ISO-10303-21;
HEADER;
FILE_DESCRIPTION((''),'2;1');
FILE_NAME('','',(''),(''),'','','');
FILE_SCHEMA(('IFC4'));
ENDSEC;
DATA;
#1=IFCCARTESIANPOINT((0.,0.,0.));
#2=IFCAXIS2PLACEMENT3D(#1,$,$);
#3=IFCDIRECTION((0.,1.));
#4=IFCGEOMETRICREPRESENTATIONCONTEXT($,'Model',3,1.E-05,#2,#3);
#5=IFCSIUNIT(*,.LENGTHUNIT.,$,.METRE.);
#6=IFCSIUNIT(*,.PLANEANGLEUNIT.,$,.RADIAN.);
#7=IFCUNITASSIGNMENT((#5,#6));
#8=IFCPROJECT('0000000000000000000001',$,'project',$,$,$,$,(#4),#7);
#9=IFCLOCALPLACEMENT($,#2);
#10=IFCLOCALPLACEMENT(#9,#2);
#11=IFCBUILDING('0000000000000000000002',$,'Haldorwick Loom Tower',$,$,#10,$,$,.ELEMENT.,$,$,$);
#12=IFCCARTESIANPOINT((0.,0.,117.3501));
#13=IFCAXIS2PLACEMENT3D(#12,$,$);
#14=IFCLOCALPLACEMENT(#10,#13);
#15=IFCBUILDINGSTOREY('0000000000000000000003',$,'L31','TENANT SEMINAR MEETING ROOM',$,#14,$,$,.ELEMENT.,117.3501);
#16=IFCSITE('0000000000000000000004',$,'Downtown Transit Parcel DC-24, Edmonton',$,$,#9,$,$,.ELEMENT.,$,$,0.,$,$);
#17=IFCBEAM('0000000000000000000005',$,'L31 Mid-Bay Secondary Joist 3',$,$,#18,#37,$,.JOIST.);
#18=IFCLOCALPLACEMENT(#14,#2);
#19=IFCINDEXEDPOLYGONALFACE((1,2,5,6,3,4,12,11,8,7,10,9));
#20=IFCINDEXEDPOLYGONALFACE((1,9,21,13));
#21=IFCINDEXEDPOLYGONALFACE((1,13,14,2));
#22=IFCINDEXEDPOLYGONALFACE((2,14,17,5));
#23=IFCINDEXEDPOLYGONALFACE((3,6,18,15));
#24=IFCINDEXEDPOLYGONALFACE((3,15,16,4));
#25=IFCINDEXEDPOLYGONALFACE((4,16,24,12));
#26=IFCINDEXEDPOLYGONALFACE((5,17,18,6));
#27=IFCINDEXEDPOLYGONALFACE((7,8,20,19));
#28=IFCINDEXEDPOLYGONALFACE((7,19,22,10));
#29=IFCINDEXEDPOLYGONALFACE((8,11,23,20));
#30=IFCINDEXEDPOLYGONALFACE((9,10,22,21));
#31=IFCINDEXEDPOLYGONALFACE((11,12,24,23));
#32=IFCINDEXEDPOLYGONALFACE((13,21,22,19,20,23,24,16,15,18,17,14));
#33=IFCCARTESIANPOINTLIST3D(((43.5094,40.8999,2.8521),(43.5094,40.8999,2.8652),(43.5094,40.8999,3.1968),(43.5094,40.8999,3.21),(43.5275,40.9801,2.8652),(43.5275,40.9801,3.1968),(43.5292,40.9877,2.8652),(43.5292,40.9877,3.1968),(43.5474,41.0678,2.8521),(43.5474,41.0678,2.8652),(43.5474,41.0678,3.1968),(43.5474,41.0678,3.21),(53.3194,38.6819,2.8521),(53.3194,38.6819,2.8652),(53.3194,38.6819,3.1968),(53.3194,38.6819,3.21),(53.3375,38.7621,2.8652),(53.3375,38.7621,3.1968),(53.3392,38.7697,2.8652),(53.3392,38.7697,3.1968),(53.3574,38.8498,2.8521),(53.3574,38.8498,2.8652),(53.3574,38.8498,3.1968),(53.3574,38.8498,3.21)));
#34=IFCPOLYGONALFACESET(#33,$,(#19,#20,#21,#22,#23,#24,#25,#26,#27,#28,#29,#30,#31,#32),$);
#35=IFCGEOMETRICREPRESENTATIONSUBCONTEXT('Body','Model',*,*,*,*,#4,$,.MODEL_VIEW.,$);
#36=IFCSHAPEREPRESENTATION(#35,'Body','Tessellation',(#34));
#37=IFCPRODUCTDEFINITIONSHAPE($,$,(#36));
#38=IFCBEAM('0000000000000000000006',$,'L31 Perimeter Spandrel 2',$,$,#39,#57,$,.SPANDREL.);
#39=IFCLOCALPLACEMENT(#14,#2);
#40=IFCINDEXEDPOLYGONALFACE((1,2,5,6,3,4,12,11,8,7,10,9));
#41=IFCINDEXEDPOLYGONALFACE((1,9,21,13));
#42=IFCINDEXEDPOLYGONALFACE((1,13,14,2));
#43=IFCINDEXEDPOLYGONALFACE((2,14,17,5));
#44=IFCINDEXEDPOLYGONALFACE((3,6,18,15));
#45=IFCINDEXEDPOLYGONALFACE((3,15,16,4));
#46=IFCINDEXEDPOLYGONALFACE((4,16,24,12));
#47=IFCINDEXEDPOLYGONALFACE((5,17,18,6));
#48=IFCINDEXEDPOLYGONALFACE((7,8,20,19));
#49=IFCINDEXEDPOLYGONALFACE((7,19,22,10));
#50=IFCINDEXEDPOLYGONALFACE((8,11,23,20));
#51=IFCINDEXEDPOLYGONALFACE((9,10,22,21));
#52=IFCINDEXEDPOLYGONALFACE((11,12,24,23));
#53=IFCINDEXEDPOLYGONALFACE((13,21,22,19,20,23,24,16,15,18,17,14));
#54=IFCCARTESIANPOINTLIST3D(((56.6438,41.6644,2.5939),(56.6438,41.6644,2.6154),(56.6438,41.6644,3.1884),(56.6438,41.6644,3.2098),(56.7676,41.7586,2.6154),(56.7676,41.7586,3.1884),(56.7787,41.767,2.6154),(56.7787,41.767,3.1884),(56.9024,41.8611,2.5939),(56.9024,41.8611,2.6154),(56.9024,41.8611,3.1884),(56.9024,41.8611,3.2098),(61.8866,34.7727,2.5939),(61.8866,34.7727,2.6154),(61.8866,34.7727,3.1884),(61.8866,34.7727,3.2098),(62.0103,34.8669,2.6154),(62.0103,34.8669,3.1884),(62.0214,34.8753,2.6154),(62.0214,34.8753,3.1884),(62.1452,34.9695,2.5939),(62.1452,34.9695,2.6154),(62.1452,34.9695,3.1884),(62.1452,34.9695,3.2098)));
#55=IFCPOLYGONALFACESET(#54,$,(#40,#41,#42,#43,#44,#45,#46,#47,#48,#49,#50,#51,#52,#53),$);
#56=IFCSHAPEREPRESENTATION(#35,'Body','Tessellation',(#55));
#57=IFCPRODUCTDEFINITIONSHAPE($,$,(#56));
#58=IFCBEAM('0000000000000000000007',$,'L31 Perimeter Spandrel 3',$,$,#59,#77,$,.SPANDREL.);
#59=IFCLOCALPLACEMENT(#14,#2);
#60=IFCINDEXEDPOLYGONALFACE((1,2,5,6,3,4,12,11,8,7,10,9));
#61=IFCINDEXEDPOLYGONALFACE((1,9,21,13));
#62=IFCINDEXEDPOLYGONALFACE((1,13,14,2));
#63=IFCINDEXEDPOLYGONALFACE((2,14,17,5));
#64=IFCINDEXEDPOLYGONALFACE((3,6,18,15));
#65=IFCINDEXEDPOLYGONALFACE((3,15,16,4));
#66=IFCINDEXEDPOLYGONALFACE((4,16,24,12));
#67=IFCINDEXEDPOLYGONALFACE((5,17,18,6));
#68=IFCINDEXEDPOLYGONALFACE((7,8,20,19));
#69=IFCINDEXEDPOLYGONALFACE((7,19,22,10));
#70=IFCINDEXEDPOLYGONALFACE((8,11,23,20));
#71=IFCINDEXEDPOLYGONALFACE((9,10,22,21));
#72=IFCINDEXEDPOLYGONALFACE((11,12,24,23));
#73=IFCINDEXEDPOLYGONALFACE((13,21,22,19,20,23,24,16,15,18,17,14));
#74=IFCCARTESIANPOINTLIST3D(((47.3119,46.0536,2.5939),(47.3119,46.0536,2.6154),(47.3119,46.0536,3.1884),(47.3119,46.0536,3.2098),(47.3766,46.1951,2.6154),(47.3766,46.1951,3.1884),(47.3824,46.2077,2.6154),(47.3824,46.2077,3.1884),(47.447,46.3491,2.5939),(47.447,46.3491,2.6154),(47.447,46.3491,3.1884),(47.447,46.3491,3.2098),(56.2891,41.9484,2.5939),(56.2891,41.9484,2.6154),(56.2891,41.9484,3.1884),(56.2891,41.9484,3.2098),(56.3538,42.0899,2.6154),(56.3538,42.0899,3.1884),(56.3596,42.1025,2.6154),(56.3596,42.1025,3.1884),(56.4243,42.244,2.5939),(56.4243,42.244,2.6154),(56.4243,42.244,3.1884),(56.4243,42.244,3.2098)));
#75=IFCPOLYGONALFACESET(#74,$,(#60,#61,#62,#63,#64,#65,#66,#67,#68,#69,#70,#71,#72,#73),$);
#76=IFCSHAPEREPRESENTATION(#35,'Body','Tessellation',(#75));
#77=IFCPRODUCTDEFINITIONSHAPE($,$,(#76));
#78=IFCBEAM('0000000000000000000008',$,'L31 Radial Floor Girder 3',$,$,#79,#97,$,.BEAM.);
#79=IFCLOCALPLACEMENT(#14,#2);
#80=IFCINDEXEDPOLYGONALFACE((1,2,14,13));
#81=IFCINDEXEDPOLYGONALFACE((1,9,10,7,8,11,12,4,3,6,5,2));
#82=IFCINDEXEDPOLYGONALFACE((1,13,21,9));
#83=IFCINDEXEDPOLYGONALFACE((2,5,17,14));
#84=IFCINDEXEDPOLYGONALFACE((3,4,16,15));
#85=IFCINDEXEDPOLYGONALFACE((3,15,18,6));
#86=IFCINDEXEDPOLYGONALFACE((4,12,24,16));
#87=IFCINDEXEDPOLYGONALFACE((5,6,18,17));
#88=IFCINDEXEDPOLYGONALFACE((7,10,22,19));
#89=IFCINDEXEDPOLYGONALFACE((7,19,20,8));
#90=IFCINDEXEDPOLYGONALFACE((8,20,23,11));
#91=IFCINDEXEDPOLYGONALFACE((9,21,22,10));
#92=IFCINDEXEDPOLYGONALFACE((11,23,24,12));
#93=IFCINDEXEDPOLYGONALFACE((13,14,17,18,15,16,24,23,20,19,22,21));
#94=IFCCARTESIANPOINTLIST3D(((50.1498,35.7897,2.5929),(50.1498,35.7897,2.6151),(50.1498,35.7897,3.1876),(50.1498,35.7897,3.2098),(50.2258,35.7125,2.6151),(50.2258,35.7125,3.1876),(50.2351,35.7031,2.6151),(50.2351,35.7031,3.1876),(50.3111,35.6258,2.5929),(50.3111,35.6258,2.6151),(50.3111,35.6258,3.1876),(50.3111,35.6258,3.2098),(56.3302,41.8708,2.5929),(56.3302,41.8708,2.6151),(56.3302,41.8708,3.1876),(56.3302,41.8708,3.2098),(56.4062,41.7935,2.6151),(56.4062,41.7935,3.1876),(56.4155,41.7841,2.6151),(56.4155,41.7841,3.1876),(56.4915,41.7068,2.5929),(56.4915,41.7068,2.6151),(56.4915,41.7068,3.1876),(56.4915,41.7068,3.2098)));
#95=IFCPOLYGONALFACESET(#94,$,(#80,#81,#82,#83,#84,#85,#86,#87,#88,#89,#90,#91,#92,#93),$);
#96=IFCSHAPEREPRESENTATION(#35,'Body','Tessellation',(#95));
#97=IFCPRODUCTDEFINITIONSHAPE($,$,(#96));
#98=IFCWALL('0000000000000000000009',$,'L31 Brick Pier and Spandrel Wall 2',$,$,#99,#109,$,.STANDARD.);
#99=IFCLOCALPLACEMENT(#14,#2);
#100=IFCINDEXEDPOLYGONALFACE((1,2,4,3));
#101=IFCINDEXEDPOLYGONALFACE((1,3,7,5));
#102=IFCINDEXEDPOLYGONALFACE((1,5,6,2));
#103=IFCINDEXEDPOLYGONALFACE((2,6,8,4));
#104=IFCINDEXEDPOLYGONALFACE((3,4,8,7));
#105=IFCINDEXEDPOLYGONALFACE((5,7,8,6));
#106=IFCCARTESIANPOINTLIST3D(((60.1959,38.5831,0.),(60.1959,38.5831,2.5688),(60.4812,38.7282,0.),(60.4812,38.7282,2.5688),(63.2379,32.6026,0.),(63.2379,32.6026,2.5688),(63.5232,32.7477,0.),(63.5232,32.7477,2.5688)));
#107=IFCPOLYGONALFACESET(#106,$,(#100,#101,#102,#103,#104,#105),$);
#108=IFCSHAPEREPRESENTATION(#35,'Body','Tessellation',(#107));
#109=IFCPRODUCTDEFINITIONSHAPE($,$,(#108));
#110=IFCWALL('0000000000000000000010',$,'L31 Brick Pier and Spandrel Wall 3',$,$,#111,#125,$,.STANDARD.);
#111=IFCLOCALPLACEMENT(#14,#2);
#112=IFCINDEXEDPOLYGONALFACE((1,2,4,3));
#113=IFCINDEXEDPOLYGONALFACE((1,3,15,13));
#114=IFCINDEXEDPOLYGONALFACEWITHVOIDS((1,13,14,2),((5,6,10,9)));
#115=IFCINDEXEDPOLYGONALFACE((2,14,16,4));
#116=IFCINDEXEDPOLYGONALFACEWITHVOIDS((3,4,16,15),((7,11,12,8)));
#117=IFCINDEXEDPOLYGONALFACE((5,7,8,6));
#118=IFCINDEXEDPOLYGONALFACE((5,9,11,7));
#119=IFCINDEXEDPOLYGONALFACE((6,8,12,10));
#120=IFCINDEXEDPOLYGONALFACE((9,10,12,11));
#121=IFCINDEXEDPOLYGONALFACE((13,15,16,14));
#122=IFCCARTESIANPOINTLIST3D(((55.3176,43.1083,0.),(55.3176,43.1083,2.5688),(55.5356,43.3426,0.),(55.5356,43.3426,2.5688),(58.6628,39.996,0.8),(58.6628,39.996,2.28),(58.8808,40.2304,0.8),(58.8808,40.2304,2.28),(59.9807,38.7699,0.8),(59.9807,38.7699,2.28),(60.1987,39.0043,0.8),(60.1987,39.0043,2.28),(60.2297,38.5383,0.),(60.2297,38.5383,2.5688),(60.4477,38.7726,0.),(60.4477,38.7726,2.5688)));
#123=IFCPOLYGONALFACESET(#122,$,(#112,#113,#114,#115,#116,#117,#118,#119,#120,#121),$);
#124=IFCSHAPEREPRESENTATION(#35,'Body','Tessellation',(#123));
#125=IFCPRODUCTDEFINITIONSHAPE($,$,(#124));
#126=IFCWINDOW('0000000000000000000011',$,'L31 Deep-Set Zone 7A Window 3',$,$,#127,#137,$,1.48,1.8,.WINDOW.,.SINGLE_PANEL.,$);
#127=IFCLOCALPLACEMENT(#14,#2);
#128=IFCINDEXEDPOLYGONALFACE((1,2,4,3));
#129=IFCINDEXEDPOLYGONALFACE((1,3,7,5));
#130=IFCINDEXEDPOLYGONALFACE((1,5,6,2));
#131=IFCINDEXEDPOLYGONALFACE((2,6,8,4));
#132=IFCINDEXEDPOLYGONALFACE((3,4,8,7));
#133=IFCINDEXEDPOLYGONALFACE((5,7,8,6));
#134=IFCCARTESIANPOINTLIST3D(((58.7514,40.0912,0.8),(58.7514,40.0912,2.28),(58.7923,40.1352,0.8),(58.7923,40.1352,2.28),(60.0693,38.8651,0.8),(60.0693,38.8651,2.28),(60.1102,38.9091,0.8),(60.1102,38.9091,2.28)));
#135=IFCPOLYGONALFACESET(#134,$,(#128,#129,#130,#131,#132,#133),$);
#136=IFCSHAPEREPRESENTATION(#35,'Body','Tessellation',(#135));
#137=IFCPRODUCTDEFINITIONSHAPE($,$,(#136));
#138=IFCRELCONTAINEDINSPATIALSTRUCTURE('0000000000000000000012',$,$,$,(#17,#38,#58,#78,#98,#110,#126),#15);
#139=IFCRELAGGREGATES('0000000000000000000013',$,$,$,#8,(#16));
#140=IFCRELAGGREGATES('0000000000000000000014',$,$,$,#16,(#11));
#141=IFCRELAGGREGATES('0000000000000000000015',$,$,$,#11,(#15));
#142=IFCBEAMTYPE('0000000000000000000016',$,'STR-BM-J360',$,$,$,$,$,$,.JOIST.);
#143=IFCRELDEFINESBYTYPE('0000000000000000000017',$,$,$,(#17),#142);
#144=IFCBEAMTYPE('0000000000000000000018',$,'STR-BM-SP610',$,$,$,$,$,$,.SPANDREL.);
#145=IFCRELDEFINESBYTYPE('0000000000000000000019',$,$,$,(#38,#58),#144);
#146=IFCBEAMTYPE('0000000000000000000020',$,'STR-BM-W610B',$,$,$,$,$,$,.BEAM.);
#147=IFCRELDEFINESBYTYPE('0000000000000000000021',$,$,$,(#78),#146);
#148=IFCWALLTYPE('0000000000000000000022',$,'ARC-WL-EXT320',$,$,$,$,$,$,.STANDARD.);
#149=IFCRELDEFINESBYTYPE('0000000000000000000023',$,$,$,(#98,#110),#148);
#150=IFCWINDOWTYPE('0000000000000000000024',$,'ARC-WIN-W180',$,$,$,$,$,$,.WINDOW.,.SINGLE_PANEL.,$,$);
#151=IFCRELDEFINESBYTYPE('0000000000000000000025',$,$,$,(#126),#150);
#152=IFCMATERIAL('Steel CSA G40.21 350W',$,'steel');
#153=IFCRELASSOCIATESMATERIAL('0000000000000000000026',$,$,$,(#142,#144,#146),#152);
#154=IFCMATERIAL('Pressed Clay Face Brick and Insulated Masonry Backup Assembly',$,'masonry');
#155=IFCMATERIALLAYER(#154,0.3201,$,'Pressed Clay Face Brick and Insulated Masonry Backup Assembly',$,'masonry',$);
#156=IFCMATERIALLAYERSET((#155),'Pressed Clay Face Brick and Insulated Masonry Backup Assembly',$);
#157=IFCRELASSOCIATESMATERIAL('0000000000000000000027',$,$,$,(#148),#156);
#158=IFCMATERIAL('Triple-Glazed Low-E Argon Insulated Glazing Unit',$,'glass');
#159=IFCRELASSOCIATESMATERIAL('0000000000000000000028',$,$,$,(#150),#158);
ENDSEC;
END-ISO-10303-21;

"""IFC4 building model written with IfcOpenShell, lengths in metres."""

from ifc_helpers import new_model, si_unit, direction, frame, frame_2d, origin, origin_2d, place, context, subcontext, project, spatial, rectangle, i_section, extrude, material, layer, layer_set, material_profile, profile_set, type_object, element, fill, save


model = new_model("IFC4")

# Units and contexts
model_context = context("Model", 3, precision=1e-05, world=origin(), true_north=direction((0.0, 1.0)))
body_context = subcontext(model_context, "Body", "Model", "MODEL_VIEW")
ifc_project = project(units=[si_unit("LENGTHUNIT", "METRE"), si_unit("PLANEANGLEUNIT", "RADIAN")], contexts=[model_context])

# Site, building, storey
site_placement = place(None, origin())
site = spatial("IfcSite", under=ifc_project, at=site_placement, Name="Downtown Transit Parcel DC-24, Edmonton", CompositionType="ELEMENT", RefElevation=0.0)
building_placement = place(site_placement, origin())
building = spatial("IfcBuilding", under=site, at=building_placement, Name="Haldorwick Loom Tower", CompositionType="ELEMENT")
storey_placement = place(building_placement, frame((0.0, 0.0, 117.3501)))
storey = spatial("IfcBuildingStorey", under=building, at=storey_placement, Name="L31", Description="TENANT SEMINAR MEETING ROOM", CompositionType="ELEMENT", Elevation=117.3501)

# Beams
ifc_material_1 = material(Name="Steel CSA G40.21 350W", Category="steel")
ifc_material_profile_1 = material_profile(ifc_material_1, i_section(OverallWidth=0.1721, OverallDepth=0.3579, WebThickness=0.0078, FlangeThickness=0.0132, at=origin_2d()), Name="W360X57", Category="steel")
ifc_profile_set_1 = profile_set([ifc_material_profile_1], Name="Steel CSA G40.21 350W")
beam_type_1 = type_object("IfcBeamType", Name="STR-BM-J360", PredefinedType="JOIST", material=ifc_profile_set_1)
beam_1_placement = place(storey_placement, frame((53.3384, 38.7659, 3.031), z_axis=(-0.97538, 0.22053, 0.0), x_axis=(-0.22053, -0.97538, 0.0)))
element("IfcBeam", 1, at=beam_1_placement, inside=storey, type_object=beam_type_1, Name="L31 Mid-Bay Secondary Joist 3", PredefinedType="JOIST", context=body_context, shape_type="SweptSolid", body=[
    extrude(i_section(OverallWidth=0.1721, OverallDepth=0.3579, WebThickness=0.0078, FlangeThickness=0.0132, at=origin_2d()), origin(), (0.0, 0.0, 1.0), 10.0576),
])
ifc_material_profile_2 = material_profile(ifc_material_1, i_section(OverallWidth=0.325, OverallDepth=0.616, WebThickness=0.0139, FlangeThickness=0.0215, at=origin_2d()), Name="W610X174", Category="steel")
ifc_profile_set_2 = profile_set([ifc_material_profile_2], Name="Steel CSA G40.21 350W")
beam_type_2 = type_object("IfcBeamType", Name="STR-BM-SP610", PredefinedType="SPANDREL", material=ifc_profile_set_2)
beam_2_placement = place(storey_placement, frame((62.0159, 34.8711, 2.9019), z_axis=(-0.605454, 0.795881, 0.0), x_axis=(-0.795881, -0.605454, 0.0)))
element("IfcBeam", 2, at=beam_2_placement, inside=storey, type_object=beam_type_2, Name="L31 Perimeter Spandrel 2", PredefinedType="SPANDREL", context=body_context, shape_type="SweptSolid", body=[
    extrude(i_section(OverallWidth=0.325, OverallDepth=0.616, WebThickness=0.0139, FlangeThickness=0.0215, at=origin_2d()), origin(), (0.0, 0.0, 1.0), 8.6592),
])
beam_3_placement = place(storey_placement, frame((56.3567, 42.0962, 2.9019), z_axis=(-0.909424, 0.41587, 0.0), x_axis=(-0.41587, -0.909424, 0.0)))
element("IfcBeam", 3, at=beam_3_placement, inside=storey, type_object=beam_type_2, Name="L31 Perimeter Spandrel 3", PredefinedType="SPANDREL", context=body_context, shape_type="SweptSolid", body=[
    extrude(i_section(OverallWidth=0.325, OverallDepth=0.616, WebThickness=0.0139, FlangeThickness=0.0215, at=origin_2d()), origin(), (0.0, 0.0, 1.0), 9.8713),
])
ifc_material_profile_3 = material_profile(ifc_material_1, i_section(OverallWidth=0.23, OverallDepth=0.6169, WebThickness=0.0132, FlangeThickness=0.0222, at=origin_2d()), Name="W610X140", Category="steel")
ifc_profile_set_3 = profile_set([ifc_material_profile_3], Name="Steel CSA G40.21 350W")
beam_type_3 = type_object("IfcBeamType", Name="STR-BM-W610B", PredefinedType="BEAM", material=ifc_profile_set_3)
beam_4_placement = place(storey_placement, frame((50.2305, 35.7078, 2.9014), z_axis=(0.712814, 0.701353, 0.0), x_axis=(-0.701353, 0.712814, 0.0)))
element("IfcBeam", 4, at=beam_4_placement, inside=storey, type_object=beam_type_3, Name="L31 Radial Floor Girder 3", PredefinedType="BEAM", context=body_context, shape_type="SweptSolid", body=[
    extrude(i_section(OverallWidth=0.23, OverallDepth=0.6169, WebThickness=0.0132, FlangeThickness=0.0222, at=origin_2d()), origin(), (0.0, 0.0, 1.0), 8.6704),
])

# Wall
ifc_material_2 = material(Name="Pressed Clay Face Brick and Insulated Masonry Backup Assembly", Category="masonry")
ifc_layer_1 = layer(ifc_material_2, 0.3201, Name="Pressed Clay Face Brick and Insulated Masonry Backup Assembly", Category="masonry")
ifc_layer_set_1 = layer_set([ifc_layer_1], Name="Pressed Clay Face Brick and Insulated Masonry Backup Assembly")
wall_type_1 = type_object("IfcWallType", Name="ARC-WL-EXT320", PredefinedType="STANDARD", material=ifc_layer_set_1)
wall_1_placement = place(storey_placement, frame((63.3806, 32.675, 0.0), z_axis=(0.0, 0.0, 1.0), x_axis=(-0.453374, 0.89132, 0.0)))
element("IfcWall", 5, at=wall_1_placement, inside=storey, type_object=wall_type_1, Name="L31 Brick Pier and Spandrel Wall 2", PredefinedType="STANDARD", context=body_context, shape_type="SweptSolid", body=[
    extrude(rectangle(XDim=6.7097, YDim=0.3201, at=frame_2d((3.355, 0.0))), origin(), (0.0, 0.0, 1.0), 2.5688),
])

# Wall, opening, window
wall_2_placement = place(storey_placement, frame((60.3386, 38.6555, 0.0), z_axis=(0.0, 0.0, 1.0), x_axis=(-0.732137, 0.681157, 0.0)))
wall_2 = element("IfcWall", 6, at=wall_2_placement, inside=storey, type_object=wall_type_1, Name="L31 Brick Pier and Spandrel Wall 3", PredefinedType="STANDARD", context=body_context, shape_type="SweptSolid", body=[
    extrude(rectangle(XDim=6.7092, YDim=0.3201, at=frame_2d((3.3545, 0.0))), origin(), (0.0, 0.0, 1.0), 2.5688),
])
opening_1_placement = place(wall_2_placement, frame((0.3401, 0.0, 0.8)))
opening_1 = element("IfcOpeningElement", 7, at=opening_1_placement, cuts=wall_2, PredefinedType="OPENING", context=body_context, shape_type="SweptSolid", body=[
    extrude(rectangle(XDim=1.8, YDim=1.48, at=frame_2d((0.8999, 0.74))), frame((0.0, 0.1699, 0.0), z_axis=(0.0, -1.0, 0.0), x_axis=(1.0, 0.0, 0.0)), (0.0, 0.0, 1.0), 0.3401),
])
ifc_material_3 = material(Name="Triple-Glazed Low-E Argon Insulated Glazing Unit", Category="glass")
window_type = type_object("IfcWindowType", Name="ARC-WIN-W180", PartitioningType="SINGLE_PANEL", PredefinedType="WINDOW", material=ifc_material_3)
window_1_placement = place(opening_1_placement, origin())
window_1 = element("IfcWindow", 8, at=window_1_placement, inside=storey, type_object=window_type, Name="L31 Deep-Set Zone 7A Window 3", OverallHeight=1.48, OverallWidth=1.8, PartitioningType="SINGLE_PANEL", PredefinedType="WINDOW", context=body_context, shape_type="SweptSolid", body=[
    extrude(rectangle(XDim=1.8, YDim=1.48, at=frame_2d((0.8999, 0.74))), frame((0.0, 0.03, 0.0), z_axis=(0.0, -1.0, 0.0), x_axis=(1.0, 0.0, 0.0)), (0.0, 0.0, 1.0), 0.0601),
])
fill(opening_1, window_1)

save(model, "model.ifc")
